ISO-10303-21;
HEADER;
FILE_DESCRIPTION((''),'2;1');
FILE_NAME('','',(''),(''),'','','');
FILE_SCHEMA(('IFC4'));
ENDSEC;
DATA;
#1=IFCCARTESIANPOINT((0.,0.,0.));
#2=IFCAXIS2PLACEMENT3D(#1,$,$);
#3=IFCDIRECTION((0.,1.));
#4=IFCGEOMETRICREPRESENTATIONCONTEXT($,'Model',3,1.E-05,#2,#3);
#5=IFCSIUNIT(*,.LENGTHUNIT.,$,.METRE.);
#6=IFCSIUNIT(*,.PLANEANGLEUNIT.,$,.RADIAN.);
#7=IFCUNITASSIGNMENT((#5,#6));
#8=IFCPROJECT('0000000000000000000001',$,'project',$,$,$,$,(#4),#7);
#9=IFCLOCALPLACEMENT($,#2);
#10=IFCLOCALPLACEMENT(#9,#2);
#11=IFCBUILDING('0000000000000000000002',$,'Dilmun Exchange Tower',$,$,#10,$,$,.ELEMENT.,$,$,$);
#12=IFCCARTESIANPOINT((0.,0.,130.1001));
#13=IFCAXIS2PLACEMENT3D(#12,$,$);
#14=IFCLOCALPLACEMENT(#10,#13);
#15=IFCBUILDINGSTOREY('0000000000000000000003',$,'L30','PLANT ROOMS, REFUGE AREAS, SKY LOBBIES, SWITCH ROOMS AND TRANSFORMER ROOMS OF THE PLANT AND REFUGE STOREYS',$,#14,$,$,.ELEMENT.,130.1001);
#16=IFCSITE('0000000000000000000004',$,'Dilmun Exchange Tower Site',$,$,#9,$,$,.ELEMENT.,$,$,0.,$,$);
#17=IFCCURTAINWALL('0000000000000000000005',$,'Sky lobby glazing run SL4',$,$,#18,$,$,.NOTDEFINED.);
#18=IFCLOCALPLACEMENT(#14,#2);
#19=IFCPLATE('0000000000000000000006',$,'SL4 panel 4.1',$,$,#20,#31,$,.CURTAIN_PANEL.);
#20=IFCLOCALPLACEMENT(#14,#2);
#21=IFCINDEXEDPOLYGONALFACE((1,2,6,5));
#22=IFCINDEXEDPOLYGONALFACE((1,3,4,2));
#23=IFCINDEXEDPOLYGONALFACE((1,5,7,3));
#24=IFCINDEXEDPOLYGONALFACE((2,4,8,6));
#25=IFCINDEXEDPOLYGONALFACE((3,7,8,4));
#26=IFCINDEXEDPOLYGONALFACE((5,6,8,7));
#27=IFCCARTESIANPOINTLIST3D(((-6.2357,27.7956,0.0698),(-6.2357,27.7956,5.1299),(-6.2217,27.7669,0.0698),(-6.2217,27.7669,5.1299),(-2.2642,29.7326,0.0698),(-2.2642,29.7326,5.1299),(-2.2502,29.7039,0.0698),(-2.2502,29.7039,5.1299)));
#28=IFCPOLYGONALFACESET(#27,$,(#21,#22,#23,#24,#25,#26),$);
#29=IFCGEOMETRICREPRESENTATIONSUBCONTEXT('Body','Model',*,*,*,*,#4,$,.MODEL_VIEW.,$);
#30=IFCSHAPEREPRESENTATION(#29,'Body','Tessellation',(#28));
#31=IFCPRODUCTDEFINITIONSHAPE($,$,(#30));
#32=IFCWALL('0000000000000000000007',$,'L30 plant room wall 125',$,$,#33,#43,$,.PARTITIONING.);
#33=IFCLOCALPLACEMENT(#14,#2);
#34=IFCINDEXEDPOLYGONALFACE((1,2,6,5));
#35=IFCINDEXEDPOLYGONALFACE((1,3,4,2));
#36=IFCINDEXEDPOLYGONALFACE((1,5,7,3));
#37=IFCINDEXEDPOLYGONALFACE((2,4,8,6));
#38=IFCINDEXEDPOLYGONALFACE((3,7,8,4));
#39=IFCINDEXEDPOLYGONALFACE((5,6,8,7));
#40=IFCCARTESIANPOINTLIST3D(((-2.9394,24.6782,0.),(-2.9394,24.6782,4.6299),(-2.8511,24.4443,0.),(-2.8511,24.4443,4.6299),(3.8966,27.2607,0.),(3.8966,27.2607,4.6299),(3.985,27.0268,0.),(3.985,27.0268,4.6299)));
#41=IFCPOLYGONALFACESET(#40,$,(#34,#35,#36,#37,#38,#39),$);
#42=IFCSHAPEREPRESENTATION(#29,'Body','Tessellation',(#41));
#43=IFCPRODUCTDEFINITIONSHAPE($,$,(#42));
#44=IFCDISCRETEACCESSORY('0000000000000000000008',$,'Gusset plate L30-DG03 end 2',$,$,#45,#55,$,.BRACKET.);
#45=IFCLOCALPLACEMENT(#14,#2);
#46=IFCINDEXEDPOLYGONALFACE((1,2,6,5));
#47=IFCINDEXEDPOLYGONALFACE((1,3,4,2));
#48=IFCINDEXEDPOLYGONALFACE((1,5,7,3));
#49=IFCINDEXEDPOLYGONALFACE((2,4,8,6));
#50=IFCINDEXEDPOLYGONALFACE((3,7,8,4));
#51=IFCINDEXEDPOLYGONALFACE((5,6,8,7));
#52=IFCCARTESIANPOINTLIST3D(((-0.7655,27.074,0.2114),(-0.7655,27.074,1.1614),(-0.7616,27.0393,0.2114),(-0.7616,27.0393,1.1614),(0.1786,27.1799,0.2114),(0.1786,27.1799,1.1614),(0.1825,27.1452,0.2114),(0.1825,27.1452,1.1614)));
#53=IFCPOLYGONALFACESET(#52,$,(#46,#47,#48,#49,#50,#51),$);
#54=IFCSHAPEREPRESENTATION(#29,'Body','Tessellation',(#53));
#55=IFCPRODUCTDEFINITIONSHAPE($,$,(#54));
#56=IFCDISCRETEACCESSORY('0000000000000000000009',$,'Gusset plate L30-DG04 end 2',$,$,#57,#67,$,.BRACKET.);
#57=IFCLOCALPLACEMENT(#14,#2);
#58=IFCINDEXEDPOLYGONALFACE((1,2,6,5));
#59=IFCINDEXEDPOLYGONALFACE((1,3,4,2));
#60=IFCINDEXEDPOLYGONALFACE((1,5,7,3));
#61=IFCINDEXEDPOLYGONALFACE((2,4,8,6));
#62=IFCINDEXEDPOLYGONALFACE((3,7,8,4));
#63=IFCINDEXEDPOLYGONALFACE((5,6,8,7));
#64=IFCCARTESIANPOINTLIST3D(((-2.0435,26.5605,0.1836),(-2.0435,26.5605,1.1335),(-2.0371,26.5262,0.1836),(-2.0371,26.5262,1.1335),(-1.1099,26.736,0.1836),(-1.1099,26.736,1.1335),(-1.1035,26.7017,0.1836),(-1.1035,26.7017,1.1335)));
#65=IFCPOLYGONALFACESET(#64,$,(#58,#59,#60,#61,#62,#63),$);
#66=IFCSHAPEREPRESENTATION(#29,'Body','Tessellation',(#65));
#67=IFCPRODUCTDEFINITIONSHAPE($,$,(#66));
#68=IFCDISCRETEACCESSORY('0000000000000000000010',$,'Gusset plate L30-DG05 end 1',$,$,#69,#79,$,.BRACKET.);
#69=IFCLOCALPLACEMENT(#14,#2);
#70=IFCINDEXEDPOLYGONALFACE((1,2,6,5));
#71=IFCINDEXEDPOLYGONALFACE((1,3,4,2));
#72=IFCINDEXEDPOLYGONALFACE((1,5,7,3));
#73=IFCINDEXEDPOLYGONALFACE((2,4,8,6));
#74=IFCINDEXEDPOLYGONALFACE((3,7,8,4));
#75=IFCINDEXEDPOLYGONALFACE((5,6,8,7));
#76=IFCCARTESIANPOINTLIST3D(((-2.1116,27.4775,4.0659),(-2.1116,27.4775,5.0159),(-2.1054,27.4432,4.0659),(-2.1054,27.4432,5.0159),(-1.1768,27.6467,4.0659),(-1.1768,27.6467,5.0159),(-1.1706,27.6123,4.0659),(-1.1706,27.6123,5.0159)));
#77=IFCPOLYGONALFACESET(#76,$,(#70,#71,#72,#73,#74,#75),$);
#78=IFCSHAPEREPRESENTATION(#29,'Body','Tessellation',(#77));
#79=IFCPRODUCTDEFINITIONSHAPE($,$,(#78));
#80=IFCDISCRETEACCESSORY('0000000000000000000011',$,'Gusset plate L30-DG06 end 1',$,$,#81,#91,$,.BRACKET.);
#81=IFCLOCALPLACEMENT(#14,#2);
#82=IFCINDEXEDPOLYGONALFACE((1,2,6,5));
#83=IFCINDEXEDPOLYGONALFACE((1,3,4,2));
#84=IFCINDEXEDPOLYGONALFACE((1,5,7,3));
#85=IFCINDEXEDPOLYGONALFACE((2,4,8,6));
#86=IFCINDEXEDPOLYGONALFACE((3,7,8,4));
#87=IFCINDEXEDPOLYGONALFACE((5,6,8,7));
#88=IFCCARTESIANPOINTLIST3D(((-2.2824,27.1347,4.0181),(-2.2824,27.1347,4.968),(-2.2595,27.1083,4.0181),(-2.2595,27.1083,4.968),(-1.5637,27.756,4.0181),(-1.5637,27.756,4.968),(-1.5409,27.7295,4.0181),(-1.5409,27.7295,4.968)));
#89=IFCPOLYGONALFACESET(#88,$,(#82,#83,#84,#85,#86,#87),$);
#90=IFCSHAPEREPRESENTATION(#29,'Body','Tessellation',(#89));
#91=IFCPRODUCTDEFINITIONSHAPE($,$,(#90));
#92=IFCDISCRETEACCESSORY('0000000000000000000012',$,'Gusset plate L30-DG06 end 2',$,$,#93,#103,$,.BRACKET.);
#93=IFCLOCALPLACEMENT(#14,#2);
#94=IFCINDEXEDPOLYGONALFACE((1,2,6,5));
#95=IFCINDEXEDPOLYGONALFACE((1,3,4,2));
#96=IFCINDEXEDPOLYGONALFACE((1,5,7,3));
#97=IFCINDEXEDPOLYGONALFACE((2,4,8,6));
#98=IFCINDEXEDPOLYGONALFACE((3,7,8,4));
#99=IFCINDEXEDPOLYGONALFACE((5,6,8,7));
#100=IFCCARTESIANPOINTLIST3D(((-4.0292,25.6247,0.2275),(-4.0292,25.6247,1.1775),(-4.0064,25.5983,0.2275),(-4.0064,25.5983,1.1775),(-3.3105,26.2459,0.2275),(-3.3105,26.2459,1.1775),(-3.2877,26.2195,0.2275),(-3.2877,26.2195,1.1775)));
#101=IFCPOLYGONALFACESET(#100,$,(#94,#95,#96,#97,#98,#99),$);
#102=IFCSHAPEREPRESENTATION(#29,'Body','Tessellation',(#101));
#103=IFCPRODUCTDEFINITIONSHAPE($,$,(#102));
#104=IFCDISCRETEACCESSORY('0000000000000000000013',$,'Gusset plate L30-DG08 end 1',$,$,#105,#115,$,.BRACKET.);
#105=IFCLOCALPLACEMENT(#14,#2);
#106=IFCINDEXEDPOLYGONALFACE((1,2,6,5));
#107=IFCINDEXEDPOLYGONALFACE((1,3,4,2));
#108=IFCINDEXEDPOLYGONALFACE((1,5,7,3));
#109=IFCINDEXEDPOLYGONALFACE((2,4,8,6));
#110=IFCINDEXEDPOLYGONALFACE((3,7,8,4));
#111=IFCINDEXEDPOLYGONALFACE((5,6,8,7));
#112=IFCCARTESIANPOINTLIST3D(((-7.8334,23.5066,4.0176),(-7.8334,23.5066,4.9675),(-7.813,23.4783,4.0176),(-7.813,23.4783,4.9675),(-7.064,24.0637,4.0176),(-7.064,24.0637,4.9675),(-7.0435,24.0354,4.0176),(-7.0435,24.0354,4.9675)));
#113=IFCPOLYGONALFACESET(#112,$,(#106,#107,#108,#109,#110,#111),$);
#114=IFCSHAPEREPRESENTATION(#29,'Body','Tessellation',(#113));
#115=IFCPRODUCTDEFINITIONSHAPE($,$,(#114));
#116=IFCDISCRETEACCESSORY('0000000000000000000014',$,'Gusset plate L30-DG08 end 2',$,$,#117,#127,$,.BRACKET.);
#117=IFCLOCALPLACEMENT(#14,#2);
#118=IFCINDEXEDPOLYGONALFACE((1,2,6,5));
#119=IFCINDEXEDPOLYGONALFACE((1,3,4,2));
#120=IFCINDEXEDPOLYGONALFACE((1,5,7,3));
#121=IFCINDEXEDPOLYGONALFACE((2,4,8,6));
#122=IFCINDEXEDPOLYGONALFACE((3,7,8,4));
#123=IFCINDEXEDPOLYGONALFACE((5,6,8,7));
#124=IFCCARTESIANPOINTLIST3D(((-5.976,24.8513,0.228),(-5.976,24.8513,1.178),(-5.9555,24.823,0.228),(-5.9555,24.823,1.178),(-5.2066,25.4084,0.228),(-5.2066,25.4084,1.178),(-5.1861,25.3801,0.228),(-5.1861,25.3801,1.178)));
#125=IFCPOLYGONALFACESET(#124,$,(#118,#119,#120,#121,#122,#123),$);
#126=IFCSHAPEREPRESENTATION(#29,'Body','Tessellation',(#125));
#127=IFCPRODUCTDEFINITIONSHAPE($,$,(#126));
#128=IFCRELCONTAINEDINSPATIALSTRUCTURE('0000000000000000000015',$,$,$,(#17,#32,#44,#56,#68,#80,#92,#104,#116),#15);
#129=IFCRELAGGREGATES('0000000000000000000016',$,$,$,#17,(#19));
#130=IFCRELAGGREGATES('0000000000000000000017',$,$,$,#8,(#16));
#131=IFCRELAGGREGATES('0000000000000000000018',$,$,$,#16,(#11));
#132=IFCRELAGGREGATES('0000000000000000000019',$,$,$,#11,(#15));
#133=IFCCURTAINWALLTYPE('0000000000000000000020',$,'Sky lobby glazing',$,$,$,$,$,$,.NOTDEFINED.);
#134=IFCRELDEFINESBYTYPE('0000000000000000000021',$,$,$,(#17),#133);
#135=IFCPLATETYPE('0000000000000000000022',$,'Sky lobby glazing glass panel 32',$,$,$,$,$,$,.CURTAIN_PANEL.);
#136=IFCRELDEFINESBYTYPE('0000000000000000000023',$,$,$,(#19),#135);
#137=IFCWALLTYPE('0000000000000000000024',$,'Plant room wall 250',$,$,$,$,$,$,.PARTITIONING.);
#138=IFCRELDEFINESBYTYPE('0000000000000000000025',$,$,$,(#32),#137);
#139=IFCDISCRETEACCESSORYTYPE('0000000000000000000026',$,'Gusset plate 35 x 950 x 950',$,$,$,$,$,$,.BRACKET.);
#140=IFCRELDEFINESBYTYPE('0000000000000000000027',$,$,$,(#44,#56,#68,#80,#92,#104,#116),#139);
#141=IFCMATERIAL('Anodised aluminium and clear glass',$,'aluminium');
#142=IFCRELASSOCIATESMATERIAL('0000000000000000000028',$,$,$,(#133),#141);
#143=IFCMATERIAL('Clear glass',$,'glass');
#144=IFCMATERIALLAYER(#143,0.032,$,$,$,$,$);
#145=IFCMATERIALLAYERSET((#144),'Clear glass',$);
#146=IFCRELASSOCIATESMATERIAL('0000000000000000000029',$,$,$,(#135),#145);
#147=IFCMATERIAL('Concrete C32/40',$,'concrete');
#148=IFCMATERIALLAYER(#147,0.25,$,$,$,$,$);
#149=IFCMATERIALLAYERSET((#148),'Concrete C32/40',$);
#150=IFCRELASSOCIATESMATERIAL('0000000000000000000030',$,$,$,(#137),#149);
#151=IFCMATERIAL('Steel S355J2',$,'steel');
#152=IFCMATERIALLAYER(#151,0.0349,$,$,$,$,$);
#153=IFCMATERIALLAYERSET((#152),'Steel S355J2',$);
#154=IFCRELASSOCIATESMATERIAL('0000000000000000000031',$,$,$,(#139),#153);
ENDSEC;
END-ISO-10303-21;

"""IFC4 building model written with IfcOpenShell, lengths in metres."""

from ifc_helpers import new_model, si_unit, direction, frame, frame_2d, origin, origin_2d, place, context, subcontext, project, spatial, rectangle, extrude, material, layer, layer_set, type_object, element, aggregate, save


model = new_model("IFC4")

# Units and contexts
model_context = context("Model", 3, precision=1e-05, world=origin(), true_north=direction((0.0, 1.0)))
body_context = subcontext(model_context, "Body", "Model", "MODEL_VIEW")
ifc_project = project(units=[si_unit("LENGTHUNIT", "METRE"), si_unit("PLANEANGLEUNIT", "RADIAN")], contexts=[model_context])

# Site, building, storey
site_placement = place(None, origin())
site = spatial("IfcSite", under=ifc_project, at=site_placement, Name="Dilmun Exchange Tower Site", CompositionType="ELEMENT", RefElevation=0.0)
building_placement = place(site_placement, origin())
building = spatial("IfcBuilding", under=site, at=building_placement, Name="Dilmun Exchange Tower", CompositionType="ELEMENT")
storey_placement = place(building_placement, frame((0.0, 0.0, 130.1001)))
storey = spatial("IfcBuildingStorey", under=building, at=storey_placement, Name="L30", Description="PLANT ROOMS, REFUGE AREAS, SKY LOBBIES, SWITCH ROOMS AND TRANSFORMER ROOMS OF THE PLANT AND REFUGE STOREYS", CompositionType="ELEMENT", Elevation=130.1001)

# Curtain wall
ifc_material_1 = material(Name="Anodised aluminium and clear glass", Category="aluminium")
curtain_wall_type = type_object("IfcCurtainWallType", Name="Sky lobby glazing", PredefinedType="NOTDEFINED", material=ifc_material_1)
curtain_wall_placement = place(storey_placement, origin())
curtain_wall = element("IfcCurtainWall", 1, at=curtain_wall_placement, inside=storey, type_object=curtain_wall_type, Name="Sky lobby glazing run SL4", PredefinedType="NOTDEFINED")

# Plate
ifc_material_2 = material(Name="Clear glass", Category="glass")
ifc_layer_1 = layer(ifc_material_2, 0.032)
ifc_layer_set_1 = layer_set([ifc_layer_1], Name="Clear glass")
plate_type = type_object("IfcPlateType", Name="Sky lobby glazing glass panel 32", PredefinedType="CURTAIN_PANEL", material=ifc_layer_set_1)
plate_1_placement = place(storey_placement, frame((-4.2429, 28.7498, 0.0698), z_axis=(0.0, 0.0, 1.0), x_axis=(-0.898794, -0.438371, 0.0)))
plate_1 = element("IfcPlate", 2, at=plate_1_placement, type_object=plate_type, Name="SL4 panel 4.1", PredefinedType="CURTAIN_PANEL", context=body_context, shape_type="SweptSolid", body=[
    extrude(rectangle(XDim=4.4187, YDim=0.032, at=origin_2d()), origin(), (0.0, 0.0, 1.0), 5.0601),
])
aggregate(curtain_wall, [plate_1])

# Wall
ifc_material_3 = material(Name="Concrete C32/40", Category="concrete")
ifc_layer_2 = layer(ifc_material_3, 0.25)
ifc_layer_set_2 = layer_set([ifc_layer_2], Name="Concrete C32/40")
wall_type = type_object("IfcWallType", Name="Plant room wall 250", PredefinedType="PARTITIONING", material=ifc_layer_set_2)
wall_placement = place(storey_placement, frame((-2.8953, 24.5613, 0.0), z_axis=(0.0, 0.0, 1.0), x_axis=(0.935474, 0.353396, 0.0)))
element("IfcWall", 3, at=wall_placement, inside=storey, type_object=wall_type, Name="L30 plant room wall 125", PredefinedType="PARTITIONING", context=body_context, shape_type="SweptSolid", body=[
    extrude(rectangle(XDim=7.3076, YDim=0.25, at=frame_2d((3.6538, 0.0))), origin(), (0.0, 0.0, 1.0), 4.6299),
])

# Discrete accessories
ifc_material_4 = material(Name="Steel S355J2", Category="steel")
ifc_layer_3 = layer(ifc_material_4, 0.0349)
ifc_layer_set_3 = layer_set([ifc_layer_3], Name="Steel S355J2")
discrete_accessory_type = type_object("IfcDiscreteAccessoryType", Name="Gusset plate 35 x 950 x 950", PredefinedType="BRACKET", material=ifc_layer_set_3)
for number, where, z_axis, x_axis, name in (
    (4, (-0.2915, 27.1096, 0.2114), (0.0, 0.0, 1.0), (-0.993761, -0.111531, 0.0), "Gusset plate L30-DG03 end 2"),
    (5, (-1.5735, 26.6311, 0.1836), (0.0, 0.0, 1.0), (-0.98279, -0.184728, 0.0), "Gusset plate L30-DG04 end 2"),
    (6, (-1.6411, 27.5449, 4.0659), (0.0, 0.0, 1.0), (0.984022, 0.178047, 0.0), "Gusset plate L30-DG05 end 1"),
    (7, (-1.9116, 27.4321, 4.0181), (0.0, 0.0, 1.0), (-0.756527, -0.653962, 0.0), "Gusset plate L30-DG06 end 1"),
    (8, (-3.6584, 25.9221, 0.2275), (0.0, 0.0, 1.0), (-0.756527, -0.653962, 0.0), "Gusset plate L30-DG06 end 2"),
    (9, (-7.4385, 23.771, 4.0176), (0.0, 0.0, 1.0), (0.809997, 0.586435, 0.0), "Gusset plate L30-DG08 end 1"),
    (10, (-5.5811, 25.1157, 0.228), (0.0, 0.0, 1.0), (0.809997, 0.586435, 0.0), "Gusset plate L30-DG08 end 2"),
):
    element("IfcDiscreteAccessory", number, at=place(storey_placement, frame(where, z_axis=z_axis, x_axis=x_axis)), inside=storey, type_object=discrete_accessory_type, Name=name, PredefinedType="BRACKET", context=body_context, shape_type="SweptSolid", body=[
        extrude(rectangle(XDim=0.95, YDim=0.0349, at=origin_2d()), origin(), (0.0, 0.0, 1.0), 0.95),
    ])

save(model, "model.ifc")
